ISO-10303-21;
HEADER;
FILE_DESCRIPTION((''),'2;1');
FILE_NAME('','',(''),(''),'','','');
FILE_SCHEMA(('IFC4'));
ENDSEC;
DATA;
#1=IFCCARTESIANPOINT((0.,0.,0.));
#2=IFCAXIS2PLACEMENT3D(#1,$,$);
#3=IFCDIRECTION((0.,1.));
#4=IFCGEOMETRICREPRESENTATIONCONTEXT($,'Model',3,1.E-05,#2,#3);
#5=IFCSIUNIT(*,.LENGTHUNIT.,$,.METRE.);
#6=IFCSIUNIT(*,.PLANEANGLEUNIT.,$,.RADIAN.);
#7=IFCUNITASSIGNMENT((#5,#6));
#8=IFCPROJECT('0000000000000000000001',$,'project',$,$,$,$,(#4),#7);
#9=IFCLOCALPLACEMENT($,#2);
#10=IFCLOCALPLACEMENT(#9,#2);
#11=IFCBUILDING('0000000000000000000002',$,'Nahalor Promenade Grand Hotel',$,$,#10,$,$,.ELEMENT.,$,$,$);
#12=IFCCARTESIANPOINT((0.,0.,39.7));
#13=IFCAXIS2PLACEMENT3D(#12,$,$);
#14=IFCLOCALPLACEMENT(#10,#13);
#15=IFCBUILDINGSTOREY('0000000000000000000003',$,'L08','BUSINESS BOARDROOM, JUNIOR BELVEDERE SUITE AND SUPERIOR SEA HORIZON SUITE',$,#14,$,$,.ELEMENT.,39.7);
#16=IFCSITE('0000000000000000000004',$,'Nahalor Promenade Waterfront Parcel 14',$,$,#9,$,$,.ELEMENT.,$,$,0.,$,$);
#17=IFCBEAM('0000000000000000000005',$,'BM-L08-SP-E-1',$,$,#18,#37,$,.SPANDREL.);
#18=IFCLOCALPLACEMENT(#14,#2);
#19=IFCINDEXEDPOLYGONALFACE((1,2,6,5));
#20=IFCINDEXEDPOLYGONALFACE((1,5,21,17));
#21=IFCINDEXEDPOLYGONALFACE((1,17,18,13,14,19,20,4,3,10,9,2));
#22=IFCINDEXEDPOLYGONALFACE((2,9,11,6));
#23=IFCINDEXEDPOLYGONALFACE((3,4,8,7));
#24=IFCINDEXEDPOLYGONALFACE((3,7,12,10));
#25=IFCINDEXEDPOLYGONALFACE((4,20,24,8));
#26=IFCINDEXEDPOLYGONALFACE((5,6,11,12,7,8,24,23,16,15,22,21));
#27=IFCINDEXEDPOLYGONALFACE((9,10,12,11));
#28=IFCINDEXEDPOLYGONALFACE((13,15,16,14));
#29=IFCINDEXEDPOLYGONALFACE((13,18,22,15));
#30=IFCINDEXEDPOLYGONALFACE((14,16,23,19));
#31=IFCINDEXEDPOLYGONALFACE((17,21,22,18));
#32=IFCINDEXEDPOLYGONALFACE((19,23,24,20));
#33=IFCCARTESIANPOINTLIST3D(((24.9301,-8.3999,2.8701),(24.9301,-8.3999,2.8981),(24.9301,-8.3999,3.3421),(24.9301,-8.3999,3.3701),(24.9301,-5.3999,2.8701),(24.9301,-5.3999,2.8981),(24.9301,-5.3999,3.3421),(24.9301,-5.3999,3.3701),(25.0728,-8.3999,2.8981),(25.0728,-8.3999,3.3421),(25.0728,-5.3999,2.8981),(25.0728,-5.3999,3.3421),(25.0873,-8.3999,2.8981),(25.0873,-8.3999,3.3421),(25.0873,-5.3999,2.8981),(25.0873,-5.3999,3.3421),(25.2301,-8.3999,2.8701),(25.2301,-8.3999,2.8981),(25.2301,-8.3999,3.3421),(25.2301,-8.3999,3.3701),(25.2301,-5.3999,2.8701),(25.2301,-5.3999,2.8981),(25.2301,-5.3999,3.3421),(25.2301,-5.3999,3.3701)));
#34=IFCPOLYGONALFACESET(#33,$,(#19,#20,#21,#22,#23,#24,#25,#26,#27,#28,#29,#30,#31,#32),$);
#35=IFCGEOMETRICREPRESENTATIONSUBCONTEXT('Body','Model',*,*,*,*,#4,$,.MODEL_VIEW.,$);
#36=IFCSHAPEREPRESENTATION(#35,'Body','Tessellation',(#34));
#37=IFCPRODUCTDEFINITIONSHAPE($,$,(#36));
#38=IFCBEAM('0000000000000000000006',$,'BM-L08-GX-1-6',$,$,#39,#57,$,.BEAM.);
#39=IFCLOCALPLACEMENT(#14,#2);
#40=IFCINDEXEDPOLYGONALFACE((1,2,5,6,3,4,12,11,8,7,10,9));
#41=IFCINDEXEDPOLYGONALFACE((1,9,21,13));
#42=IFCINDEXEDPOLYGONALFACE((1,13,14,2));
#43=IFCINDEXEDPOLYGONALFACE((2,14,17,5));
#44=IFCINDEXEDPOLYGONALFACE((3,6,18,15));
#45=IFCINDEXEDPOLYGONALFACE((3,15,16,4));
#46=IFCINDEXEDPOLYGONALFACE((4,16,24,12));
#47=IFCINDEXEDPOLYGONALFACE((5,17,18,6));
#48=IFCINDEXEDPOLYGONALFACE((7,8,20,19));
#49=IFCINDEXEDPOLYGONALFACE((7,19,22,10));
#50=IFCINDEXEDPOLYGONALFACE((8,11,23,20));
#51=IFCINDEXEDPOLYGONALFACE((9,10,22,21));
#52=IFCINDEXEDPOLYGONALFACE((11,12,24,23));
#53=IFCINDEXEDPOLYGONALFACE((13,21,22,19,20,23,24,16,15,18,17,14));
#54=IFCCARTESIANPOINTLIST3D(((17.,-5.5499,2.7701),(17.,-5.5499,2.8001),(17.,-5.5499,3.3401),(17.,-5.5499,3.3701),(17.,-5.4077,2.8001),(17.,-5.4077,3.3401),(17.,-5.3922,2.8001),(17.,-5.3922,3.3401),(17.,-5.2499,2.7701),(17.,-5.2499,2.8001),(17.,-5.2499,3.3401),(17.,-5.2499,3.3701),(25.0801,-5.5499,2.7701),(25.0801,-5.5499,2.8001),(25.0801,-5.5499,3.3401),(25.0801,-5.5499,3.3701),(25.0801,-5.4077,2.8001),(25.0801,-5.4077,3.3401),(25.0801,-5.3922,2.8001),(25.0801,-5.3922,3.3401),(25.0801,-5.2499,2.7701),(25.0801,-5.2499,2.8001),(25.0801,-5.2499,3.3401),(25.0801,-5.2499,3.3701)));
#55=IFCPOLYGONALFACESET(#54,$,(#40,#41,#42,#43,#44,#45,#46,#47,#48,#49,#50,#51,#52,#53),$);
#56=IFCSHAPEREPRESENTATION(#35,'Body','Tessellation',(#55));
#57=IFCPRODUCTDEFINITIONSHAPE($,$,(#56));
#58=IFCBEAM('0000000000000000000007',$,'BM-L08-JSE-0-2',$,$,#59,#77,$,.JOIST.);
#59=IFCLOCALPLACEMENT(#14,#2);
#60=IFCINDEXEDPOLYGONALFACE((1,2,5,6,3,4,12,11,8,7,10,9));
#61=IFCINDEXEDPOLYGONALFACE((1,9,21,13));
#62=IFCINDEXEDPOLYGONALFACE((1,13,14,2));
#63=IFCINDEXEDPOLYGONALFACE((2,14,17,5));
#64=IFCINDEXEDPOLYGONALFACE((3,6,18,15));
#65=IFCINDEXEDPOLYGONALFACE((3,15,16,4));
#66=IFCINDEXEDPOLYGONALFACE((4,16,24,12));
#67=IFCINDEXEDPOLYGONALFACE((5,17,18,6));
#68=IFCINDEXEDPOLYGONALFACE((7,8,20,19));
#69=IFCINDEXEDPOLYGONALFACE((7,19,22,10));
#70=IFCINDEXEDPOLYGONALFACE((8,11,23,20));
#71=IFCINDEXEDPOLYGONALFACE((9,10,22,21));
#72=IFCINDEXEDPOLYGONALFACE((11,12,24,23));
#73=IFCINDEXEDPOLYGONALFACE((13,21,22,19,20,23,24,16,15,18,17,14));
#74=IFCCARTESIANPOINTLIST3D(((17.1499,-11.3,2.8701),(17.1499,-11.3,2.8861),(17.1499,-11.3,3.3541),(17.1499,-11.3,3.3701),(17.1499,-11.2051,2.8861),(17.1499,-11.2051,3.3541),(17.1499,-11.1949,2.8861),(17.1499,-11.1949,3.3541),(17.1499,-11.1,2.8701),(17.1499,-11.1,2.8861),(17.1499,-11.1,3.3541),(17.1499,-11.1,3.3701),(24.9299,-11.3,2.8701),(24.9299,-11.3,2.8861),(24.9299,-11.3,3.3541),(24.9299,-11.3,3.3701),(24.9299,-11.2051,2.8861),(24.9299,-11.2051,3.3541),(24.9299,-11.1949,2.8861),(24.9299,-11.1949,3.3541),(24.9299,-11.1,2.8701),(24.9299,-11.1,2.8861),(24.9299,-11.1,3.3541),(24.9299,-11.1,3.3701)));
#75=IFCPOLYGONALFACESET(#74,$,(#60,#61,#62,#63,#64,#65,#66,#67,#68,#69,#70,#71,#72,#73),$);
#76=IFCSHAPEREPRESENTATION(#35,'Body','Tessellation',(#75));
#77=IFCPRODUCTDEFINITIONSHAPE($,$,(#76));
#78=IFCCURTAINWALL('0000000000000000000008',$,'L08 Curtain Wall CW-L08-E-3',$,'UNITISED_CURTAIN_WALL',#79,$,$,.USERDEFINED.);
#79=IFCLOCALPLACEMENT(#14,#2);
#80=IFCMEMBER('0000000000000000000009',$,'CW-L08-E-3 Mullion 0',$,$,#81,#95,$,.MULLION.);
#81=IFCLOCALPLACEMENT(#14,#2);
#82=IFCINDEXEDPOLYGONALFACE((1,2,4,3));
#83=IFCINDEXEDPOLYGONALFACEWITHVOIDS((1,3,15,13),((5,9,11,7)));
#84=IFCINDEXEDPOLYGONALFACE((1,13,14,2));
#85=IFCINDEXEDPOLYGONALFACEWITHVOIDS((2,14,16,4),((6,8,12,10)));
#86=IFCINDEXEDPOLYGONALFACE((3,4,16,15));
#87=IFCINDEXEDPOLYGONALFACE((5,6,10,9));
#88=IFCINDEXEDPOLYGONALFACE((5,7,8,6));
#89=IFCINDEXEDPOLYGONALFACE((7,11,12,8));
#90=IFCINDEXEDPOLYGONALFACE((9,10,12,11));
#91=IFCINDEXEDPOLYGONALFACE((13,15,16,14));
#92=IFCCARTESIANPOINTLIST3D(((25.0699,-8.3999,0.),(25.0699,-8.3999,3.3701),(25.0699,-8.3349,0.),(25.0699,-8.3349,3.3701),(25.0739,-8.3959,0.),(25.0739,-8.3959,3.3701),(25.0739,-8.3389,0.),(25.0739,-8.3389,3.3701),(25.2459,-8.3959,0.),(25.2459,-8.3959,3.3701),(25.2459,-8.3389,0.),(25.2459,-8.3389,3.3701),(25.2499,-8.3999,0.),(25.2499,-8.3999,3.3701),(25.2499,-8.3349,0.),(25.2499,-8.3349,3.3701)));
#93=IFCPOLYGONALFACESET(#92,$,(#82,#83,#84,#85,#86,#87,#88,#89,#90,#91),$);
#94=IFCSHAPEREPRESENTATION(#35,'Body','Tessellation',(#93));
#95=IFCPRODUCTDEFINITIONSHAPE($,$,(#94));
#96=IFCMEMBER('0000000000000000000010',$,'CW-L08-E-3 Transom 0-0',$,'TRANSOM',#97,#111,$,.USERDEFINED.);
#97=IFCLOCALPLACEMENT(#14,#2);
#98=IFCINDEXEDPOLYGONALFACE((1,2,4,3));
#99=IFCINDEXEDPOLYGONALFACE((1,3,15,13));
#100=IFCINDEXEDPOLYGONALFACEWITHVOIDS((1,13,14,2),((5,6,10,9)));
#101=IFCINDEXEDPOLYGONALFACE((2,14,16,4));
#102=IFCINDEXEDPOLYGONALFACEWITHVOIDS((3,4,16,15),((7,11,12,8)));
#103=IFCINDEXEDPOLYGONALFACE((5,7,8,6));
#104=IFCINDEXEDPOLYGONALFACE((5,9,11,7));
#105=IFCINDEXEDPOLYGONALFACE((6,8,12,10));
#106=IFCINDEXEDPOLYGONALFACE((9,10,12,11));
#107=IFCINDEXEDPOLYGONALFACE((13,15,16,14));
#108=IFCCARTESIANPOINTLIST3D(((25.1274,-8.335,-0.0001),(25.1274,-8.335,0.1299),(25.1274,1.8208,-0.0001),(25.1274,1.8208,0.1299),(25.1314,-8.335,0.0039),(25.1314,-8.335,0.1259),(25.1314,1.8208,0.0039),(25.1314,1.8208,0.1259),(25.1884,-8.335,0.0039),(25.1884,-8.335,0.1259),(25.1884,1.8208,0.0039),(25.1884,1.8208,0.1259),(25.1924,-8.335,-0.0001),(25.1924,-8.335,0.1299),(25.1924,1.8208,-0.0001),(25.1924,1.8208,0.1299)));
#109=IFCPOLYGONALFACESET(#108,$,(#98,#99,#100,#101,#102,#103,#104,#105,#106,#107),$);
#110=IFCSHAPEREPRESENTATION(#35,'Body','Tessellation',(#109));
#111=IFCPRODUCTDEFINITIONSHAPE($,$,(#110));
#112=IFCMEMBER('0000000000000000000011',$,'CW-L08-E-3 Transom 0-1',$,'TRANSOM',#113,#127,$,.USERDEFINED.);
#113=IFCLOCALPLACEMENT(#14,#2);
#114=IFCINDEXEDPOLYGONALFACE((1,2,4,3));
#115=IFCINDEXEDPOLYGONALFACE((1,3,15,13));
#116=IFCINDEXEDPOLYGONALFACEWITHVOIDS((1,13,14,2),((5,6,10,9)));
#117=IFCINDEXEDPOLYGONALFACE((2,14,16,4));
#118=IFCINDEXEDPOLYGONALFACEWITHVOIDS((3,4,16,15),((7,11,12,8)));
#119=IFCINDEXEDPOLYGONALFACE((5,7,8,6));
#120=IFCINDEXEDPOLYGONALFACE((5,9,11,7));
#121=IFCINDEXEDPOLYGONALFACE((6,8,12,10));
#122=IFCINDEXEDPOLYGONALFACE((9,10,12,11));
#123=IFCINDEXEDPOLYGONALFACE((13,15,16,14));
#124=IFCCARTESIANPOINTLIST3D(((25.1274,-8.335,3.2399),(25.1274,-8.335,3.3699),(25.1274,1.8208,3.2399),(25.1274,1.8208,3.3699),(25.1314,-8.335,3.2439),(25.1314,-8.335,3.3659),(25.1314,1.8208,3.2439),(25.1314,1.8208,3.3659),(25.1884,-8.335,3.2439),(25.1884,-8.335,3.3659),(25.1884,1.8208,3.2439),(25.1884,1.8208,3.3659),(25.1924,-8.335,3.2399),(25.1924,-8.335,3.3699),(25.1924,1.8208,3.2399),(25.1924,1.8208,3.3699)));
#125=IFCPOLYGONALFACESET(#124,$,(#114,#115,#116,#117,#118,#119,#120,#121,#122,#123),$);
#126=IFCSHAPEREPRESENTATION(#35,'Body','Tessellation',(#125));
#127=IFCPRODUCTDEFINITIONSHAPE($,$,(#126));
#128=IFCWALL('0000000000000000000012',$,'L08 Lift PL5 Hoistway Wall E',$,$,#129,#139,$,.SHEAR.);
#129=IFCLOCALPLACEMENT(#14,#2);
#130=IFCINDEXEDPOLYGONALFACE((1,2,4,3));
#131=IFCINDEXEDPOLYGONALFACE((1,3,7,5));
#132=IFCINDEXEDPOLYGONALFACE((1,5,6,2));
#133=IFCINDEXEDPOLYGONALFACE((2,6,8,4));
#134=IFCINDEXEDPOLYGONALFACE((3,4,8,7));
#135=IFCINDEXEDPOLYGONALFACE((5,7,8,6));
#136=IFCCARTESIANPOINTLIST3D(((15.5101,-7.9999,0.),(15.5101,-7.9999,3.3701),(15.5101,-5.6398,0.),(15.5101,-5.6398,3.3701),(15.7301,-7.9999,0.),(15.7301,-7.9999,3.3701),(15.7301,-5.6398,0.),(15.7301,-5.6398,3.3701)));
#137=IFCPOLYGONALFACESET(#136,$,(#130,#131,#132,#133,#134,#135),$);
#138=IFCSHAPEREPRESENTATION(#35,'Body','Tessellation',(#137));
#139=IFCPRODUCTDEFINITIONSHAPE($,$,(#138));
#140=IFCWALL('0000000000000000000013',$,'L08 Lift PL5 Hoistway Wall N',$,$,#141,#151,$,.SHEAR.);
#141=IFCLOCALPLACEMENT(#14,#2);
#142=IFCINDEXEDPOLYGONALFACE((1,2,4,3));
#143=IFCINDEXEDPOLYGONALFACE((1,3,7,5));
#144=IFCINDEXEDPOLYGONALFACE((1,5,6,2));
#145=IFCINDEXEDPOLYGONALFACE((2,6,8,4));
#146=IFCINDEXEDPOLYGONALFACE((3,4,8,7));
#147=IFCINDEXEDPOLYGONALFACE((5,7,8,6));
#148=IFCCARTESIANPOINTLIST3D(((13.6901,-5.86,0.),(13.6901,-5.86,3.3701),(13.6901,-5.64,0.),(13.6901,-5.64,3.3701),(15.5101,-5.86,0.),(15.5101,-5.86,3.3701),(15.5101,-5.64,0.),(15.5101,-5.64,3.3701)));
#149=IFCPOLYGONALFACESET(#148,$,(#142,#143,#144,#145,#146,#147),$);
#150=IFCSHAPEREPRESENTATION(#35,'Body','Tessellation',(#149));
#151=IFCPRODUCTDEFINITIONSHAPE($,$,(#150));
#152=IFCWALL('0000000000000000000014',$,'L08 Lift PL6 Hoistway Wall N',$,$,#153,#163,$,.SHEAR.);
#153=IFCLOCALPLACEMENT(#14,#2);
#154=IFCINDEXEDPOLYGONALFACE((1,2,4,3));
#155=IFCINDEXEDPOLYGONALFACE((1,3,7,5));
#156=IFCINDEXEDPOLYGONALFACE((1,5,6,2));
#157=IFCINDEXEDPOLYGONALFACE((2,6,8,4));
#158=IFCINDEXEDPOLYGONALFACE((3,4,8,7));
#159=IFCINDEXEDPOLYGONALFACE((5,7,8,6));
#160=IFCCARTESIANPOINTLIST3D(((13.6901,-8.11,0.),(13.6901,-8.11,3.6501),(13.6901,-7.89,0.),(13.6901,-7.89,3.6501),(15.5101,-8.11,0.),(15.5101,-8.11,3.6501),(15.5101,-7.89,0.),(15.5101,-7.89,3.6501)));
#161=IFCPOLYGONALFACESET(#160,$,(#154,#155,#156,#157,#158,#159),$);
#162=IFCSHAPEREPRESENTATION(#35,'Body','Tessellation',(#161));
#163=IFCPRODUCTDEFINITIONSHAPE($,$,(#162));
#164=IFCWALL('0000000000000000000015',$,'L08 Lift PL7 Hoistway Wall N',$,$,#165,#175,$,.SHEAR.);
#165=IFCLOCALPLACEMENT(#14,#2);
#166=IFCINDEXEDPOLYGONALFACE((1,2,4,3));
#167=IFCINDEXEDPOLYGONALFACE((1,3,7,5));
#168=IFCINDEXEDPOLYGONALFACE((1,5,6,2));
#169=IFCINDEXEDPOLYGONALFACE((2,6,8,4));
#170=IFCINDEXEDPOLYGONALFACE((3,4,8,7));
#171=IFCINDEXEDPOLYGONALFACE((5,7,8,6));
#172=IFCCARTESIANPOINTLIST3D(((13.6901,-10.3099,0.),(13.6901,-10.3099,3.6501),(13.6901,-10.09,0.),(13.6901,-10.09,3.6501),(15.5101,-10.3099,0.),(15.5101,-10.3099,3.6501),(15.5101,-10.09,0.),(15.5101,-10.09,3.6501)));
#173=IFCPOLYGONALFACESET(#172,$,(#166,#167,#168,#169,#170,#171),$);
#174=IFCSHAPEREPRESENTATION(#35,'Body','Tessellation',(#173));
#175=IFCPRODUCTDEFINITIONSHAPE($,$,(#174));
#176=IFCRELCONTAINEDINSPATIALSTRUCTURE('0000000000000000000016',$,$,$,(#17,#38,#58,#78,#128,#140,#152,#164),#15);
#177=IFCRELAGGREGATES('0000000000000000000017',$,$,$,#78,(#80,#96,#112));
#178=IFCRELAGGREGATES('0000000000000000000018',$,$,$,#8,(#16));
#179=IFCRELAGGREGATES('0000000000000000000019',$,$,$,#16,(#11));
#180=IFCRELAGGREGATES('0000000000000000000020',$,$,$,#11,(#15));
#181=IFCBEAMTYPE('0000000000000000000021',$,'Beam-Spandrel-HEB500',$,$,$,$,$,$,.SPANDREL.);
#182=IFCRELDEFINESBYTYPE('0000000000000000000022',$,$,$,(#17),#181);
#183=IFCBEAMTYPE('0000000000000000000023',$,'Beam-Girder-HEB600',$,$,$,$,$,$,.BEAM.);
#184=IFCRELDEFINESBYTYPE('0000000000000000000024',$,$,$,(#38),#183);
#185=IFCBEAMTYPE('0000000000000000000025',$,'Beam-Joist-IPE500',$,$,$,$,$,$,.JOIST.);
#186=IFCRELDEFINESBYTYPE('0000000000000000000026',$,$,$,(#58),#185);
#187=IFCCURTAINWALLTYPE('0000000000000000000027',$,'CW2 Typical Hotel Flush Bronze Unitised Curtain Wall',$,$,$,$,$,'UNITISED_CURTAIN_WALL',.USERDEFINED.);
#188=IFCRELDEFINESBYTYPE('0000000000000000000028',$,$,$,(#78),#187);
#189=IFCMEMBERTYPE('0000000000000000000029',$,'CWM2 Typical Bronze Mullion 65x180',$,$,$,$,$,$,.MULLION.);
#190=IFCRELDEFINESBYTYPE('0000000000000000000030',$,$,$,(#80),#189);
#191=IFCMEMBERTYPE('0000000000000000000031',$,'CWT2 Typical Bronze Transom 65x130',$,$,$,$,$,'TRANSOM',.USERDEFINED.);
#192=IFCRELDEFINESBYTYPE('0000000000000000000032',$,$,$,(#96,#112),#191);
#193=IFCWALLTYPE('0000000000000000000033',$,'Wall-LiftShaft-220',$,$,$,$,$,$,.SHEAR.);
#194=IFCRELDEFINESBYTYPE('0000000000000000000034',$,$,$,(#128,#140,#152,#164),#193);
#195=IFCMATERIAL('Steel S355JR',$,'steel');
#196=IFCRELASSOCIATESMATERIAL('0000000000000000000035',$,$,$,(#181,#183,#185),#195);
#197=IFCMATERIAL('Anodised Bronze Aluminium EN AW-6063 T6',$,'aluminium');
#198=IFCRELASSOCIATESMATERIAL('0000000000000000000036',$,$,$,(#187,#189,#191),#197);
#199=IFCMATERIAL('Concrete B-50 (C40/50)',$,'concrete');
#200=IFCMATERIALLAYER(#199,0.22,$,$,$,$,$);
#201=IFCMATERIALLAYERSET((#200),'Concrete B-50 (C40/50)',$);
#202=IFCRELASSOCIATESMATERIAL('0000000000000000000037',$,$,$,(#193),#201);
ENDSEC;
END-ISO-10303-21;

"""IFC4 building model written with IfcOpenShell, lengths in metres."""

from ifc_helpers import new_model, si_unit, direction, frame, frame_2d, origin, origin_2d, place, context, subcontext, project, spatial, rectangle, hollow_rectangle, i_section, extrude, source, transform, mapped, material, layer, layer_set, material_profile, profile_set, type_object, element, aggregate, save


model = new_model("IFC4")

# Units and contexts
model_context = context("Model", 3, precision=1e-05, world=origin(), true_north=direction((0.0, 1.0)))
body_context = subcontext(model_context, "Body", "Model", "MODEL_VIEW")
ifc_project = project(units=[si_unit("LENGTHUNIT", "METRE"), si_unit("PLANEANGLEUNIT", "RADIAN")], contexts=[model_context])

# Site, building, storey
site_placement = place(None, origin())
site = spatial("IfcSite", under=ifc_project, at=site_placement, Name="Nahalor Promenade Waterfront Parcel 14", CompositionType="ELEMENT", RefElevation=0.0)
building_placement = place(site_placement, origin())
building = spatial("IfcBuilding", under=site, at=building_placement, Name="Nahalor Promenade Grand Hotel", CompositionType="ELEMENT")
storey_placement = place(building_placement, frame((0.0, 0.0, 39.7)))
storey = spatial("IfcBuildingStorey", under=building, at=storey_placement, Name="L08", Description="BUSINESS BOARDROOM, JUNIOR BELVEDERE SUITE AND SUPERIOR SEA HORIZON SUITE", CompositionType="ELEMENT", Elevation=39.7)

# Beams
ifc_material_1 = material(Name="Steel S355JR", Category="steel")
ifc_material_profile_1 = material_profile(ifc_material_1, i_section(OverallWidth=0.3, OverallDepth=0.5, WebThickness=0.0145, FlangeThickness=0.028, at=origin_2d()), Name="HEB 500")
ifc_profile_set_1 = profile_set([ifc_material_profile_1], Name="Steel S355JR")
beam_type_1 = type_object("IfcBeamType", Name="Beam-Spandrel-HEB500", PredefinedType="SPANDREL", material=ifc_profile_set_1)
shared_shape_1 = source(origin(), body_context, "Body", "SweptSolid", [
    extrude(i_section(OverallWidth=0.3, OverallDepth=0.5, WebThickness=0.0145, FlangeThickness=0.028, at=origin_2d()), origin(), (0.0, 0.0, 1.0), 3.0),
])
beam_1_placement = place(storey_placement, frame((25.0801, -8.3999, 3.1201), z_axis=(0.0, 1.0, 0.0), x_axis=(-1.0, 0.0, 0.0)))
element("IfcBeam", 1, at=beam_1_placement, inside=storey, type_object=beam_type_1, Name="BM-L08-SP-E-1", PredefinedType="SPANDREL", context=body_context, shape_type="MappedRepresentation", body=[
    mapped(shared_shape_1, transform((0.0, 0.0, 0.0), scale=1.0)),
])
ifc_material_profile_2 = material_profile(ifc_material_1, i_section(OverallWidth=0.3, OverallDepth=0.6, WebThickness=0.0155, FlangeThickness=0.03, at=origin_2d()), Name="HEB 600")
ifc_profile_set_2 = profile_set([ifc_material_profile_2], Name="Steel S355JR")
beam_type_2 = type_object("IfcBeamType", Name="Beam-Girder-HEB600", PredefinedType="BEAM", material=ifc_profile_set_2)
shared_shape_2 = source(origin(), body_context, "Body", "SweptSolid", [
    extrude(i_section(OverallWidth=0.3, OverallDepth=0.6, WebThickness=0.0155, FlangeThickness=0.03, at=origin_2d()), origin(), (0.0, 0.0, 1.0), 8.0801),
])
beam_2_placement = place(storey_placement, frame((17.0, -5.3999, 3.0701), z_axis=(1.0, 0.0, 0.0), x_axis=(0.0, 1.0, 0.0)))
element("IfcBeam", 2, at=beam_2_placement, inside=storey, type_object=beam_type_2, Name="BM-L08-GX-1-6", PredefinedType="BEAM", context=body_context, shape_type="MappedRepresentation", body=[
    mapped(shared_shape_2, transform((0.0, 0.0, 0.0), scale=1.0)),
])
ifc_material_profile_3 = material_profile(ifc_material_1, i_section(OverallWidth=0.2, OverallDepth=0.5, WebThickness=0.0102, FlangeThickness=0.016, at=origin_2d()), Name="IPE 500")
ifc_profile_set_3 = profile_set([ifc_material_profile_3], Name="Steel S355JR")
beam_type_3 = type_object("IfcBeamType", Name="Beam-Joist-IPE500", PredefinedType="JOIST", material=ifc_profile_set_3)
shared_shape_3 = source(origin(), body_context, "Body", "SweptSolid", [
    extrude(i_section(OverallWidth=0.2, OverallDepth=0.5, WebThickness=0.0102, FlangeThickness=0.016, at=origin_2d()), origin(), (0.0, 0.0, 1.0), 7.78),
])
beam_3_placement = place(storey_placement, frame((17.1499, -11.2, 3.1201), z_axis=(1.0, 0.0, 0.0), x_axis=(0.0, 1.0, 0.0)))
element("IfcBeam", 3, at=beam_3_placement, inside=storey, type_object=beam_type_3, Name="BM-L08-JSE-0-2", PredefinedType="JOIST", context=body_context, shape_type="MappedRepresentation", body=[
    mapped(shared_shape_3, transform((0.0, 0.0, 0.0), scale=1.0)),
])

# Curtain wall, members
ifc_material_2 = material(Name="Anodised Bronze Aluminium EN AW-6063 T6", Category="aluminium")
curtain_wall_type = type_object("IfcCurtainWallType", Name="CW2 Typical Hotel Flush Bronze Unitised Curtain Wall", ElementType="UNITISED_CURTAIN_WALL", PredefinedType="USERDEFINED", material=ifc_material_2)
curtain_wall_placement = place(storey_placement, origin())
curtain_wall = element("IfcCurtainWall", 4, at=curtain_wall_placement, inside=storey, type_object=curtain_wall_type, Name="L08 Curtain Wall CW-L08-E-3", ObjectType="UNITISED_CURTAIN_WALL", PredefinedType="USERDEFINED")
ifc_material_profile_4 = material_profile(ifc_material_2, hollow_rectangle(XDim=0.065, YDim=0.18, WallThickness=0.004, at=origin_2d()), Name="CWM 65x180x4")
ifc_profile_set_4 = profile_set([ifc_material_profile_4], Name="Anodised Bronze Aluminium EN AW-6063 T6")
member_type_1 = type_object("IfcMemberType", Name="CWM2 Typical Bronze Mullion 65x180", PredefinedType="MULLION", material=ifc_profile_set_4)
shared_shape_4 = source(origin(), body_context, "Body", "SweptSolid", [
    extrude(hollow_rectangle(XDim=0.065, YDim=0.18, WallThickness=0.004, at=origin_2d()), origin(), (0.0, 0.0, 1.0), 3.3701),
])
member_1_placement = place(storey_placement, frame((25.1599, -8.3674, 0.0), z_axis=(0.0, 0.0, 1.0), x_axis=(0.0, 1.0, 0.0)))
member_1 = element("IfcMember", 5, at=member_1_placement, type_object=member_type_1, Name="CW-L08-E-3 Mullion 0", PredefinedType="MULLION", context=body_context, shape_type="MappedRepresentation", body=[
    mapped(shared_shape_4, transform((0.0, 0.0, 0.0), scale=1.0)),
])
ifc_material_profile_5 = material_profile(ifc_material_2, hollow_rectangle(XDim=0.065, YDim=0.13, WallThickness=0.004, at=origin_2d()), Name="CWT 65x130x4")
ifc_profile_set_5 = profile_set([ifc_material_profile_5], Name="Anodised Bronze Aluminium EN AW-6063 T6")
member_type_2 = type_object("IfcMemberType", Name="CWT2 Typical Bronze Transom 65x130", ElementType="TRANSOM", PredefinedType="USERDEFINED", material=ifc_profile_set_5)
shared_shape_5 = source(origin(), body_context, "Body", "SweptSolid", [
    extrude(hollow_rectangle(XDim=0.065, YDim=0.13, WallThickness=0.004, at=origin_2d()), origin(), (0.0, 0.0, 1.0), 10.1558),
])
member_2_placement = place(storey_placement, frame((25.1599, -8.335, 0.0649), z_axis=(0.0, 1.0, 0.0), x_axis=(-1.0, 0.0, 0.0)))
member_2 = element("IfcMember", 6, at=member_2_placement, type_object=member_type_2, Name="CW-L08-E-3 Transom 0-0", ObjectType="TRANSOM", PredefinedType="USERDEFINED", context=body_context, shape_type="MappedRepresentation", body=[
    mapped(shared_shape_5, transform((0.0, 0.0, 0.0), scale=1.0)),
])
member_3_placement = place(storey_placement, frame((25.1599, -8.335, 3.3049), z_axis=(0.0, 1.0, 0.0), x_axis=(-1.0, 0.0, 0.0)))
member_3 = element("IfcMember", 7, at=member_3_placement, type_object=member_type_2, Name="CW-L08-E-3 Transom 0-1", ObjectType="TRANSOM", PredefinedType="USERDEFINED", context=body_context, shape_type="MappedRepresentation", body=[
    mapped(shared_shape_5, transform((0.0, 0.0, 0.0), scale=1.0)),
])
aggregate(curtain_wall, [member_1, member_2, member_3])

# Walls
ifc_material_3 = material(Name="Concrete B-50 (C40/50)", Category="concrete")
ifc_layer_1 = layer(ifc_material_3, 0.22)
ifc_layer_set_1 = layer_set([ifc_layer_1], Name="Concrete B-50 (C40/50)")
wall_type_1 = type_object("IfcWallType", Name="Wall-LiftShaft-220", PredefinedType="SHEAR", material=ifc_layer_set_1)
shared_shape_6 = source(origin(), body_context, "Body", "SweptSolid", [
    extrude(rectangle(XDim=2.3601, YDim=0.22, at=frame_2d((1.1802, 0.0))), origin(), (0.0, 0.0, 1.0), 3.3701),
])
wall_1_placement = place(storey_placement, frame((15.6201, -8.0, 0.0), z_axis=(0.0, 0.0, 1.0), x_axis=(0.0, 1.0, 0.0)))
element("IfcWall", 8, at=wall_1_placement, inside=storey, type_object=wall_type_1, Name="L08 Lift PL5 Hoistway Wall E", PredefinedType="SHEAR", context=body_context, shape_type="MappedRepresentation", body=[
    mapped(shared_shape_6, transform((0.0, 0.0, 0.0), scale=1.0)),
])
shared_shape_7 = source(origin(), body_context, "Body", "SweptSolid", [
    extrude(rectangle(XDim=1.8201, YDim=0.22, at=frame_2d((0.9102, 0.0))), origin(), (0.0, 0.0, 1.0), 3.3701),
])
wall_2_placement = place(storey_placement, frame((13.6899, -5.75, 0.0), z_axis=(0.0, 0.0, 1.0), x_axis=(1.0, 0.0, 0.0)))
element("IfcWall", 9, at=wall_2_placement, inside=storey, type_object=wall_type_1, Name="L08 Lift PL5 Hoistway Wall N", PredefinedType="SHEAR", context=body_context, shape_type="MappedRepresentation", body=[
    mapped(shared_shape_7, transform((0.0, 0.0, 0.0), scale=1.0)),
])
shared_shape_8 = source(origin(), body_context, "Body", "SweptSolid", [
    extrude(rectangle(XDim=1.8201, YDim=0.22, at=frame_2d((0.9102, 0.0))), origin(), (0.0, 0.0, 1.0), 3.6501),
])
for number, where, z_axis, x_axis, name in (
    (10, (13.6899, -8.0, 0.0), (0.0, 0.0, 1.0), (1.0, 0.0, 0.0), "L08 Lift PL6 Hoistway Wall N"),
    (11, (13.6899, -10.2, 0.0), (0.0, 0.0, 1.0), (1.0, 0.0, 0.0), "L08 Lift PL7 Hoistway Wall N"),
):
    element("IfcWall", number, at=place(storey_placement, frame(where, z_axis=z_axis, x_axis=x_axis)), inside=storey, type_object=wall_type_1, Name=name, PredefinedType="SHEAR", context=body_context, shape_type="MappedRepresentation", body=[
        mapped(shared_shape_8, transform((0.0, 0.0, 0.0), scale=1.0)),
    ])

save(model, "model.ifc")
